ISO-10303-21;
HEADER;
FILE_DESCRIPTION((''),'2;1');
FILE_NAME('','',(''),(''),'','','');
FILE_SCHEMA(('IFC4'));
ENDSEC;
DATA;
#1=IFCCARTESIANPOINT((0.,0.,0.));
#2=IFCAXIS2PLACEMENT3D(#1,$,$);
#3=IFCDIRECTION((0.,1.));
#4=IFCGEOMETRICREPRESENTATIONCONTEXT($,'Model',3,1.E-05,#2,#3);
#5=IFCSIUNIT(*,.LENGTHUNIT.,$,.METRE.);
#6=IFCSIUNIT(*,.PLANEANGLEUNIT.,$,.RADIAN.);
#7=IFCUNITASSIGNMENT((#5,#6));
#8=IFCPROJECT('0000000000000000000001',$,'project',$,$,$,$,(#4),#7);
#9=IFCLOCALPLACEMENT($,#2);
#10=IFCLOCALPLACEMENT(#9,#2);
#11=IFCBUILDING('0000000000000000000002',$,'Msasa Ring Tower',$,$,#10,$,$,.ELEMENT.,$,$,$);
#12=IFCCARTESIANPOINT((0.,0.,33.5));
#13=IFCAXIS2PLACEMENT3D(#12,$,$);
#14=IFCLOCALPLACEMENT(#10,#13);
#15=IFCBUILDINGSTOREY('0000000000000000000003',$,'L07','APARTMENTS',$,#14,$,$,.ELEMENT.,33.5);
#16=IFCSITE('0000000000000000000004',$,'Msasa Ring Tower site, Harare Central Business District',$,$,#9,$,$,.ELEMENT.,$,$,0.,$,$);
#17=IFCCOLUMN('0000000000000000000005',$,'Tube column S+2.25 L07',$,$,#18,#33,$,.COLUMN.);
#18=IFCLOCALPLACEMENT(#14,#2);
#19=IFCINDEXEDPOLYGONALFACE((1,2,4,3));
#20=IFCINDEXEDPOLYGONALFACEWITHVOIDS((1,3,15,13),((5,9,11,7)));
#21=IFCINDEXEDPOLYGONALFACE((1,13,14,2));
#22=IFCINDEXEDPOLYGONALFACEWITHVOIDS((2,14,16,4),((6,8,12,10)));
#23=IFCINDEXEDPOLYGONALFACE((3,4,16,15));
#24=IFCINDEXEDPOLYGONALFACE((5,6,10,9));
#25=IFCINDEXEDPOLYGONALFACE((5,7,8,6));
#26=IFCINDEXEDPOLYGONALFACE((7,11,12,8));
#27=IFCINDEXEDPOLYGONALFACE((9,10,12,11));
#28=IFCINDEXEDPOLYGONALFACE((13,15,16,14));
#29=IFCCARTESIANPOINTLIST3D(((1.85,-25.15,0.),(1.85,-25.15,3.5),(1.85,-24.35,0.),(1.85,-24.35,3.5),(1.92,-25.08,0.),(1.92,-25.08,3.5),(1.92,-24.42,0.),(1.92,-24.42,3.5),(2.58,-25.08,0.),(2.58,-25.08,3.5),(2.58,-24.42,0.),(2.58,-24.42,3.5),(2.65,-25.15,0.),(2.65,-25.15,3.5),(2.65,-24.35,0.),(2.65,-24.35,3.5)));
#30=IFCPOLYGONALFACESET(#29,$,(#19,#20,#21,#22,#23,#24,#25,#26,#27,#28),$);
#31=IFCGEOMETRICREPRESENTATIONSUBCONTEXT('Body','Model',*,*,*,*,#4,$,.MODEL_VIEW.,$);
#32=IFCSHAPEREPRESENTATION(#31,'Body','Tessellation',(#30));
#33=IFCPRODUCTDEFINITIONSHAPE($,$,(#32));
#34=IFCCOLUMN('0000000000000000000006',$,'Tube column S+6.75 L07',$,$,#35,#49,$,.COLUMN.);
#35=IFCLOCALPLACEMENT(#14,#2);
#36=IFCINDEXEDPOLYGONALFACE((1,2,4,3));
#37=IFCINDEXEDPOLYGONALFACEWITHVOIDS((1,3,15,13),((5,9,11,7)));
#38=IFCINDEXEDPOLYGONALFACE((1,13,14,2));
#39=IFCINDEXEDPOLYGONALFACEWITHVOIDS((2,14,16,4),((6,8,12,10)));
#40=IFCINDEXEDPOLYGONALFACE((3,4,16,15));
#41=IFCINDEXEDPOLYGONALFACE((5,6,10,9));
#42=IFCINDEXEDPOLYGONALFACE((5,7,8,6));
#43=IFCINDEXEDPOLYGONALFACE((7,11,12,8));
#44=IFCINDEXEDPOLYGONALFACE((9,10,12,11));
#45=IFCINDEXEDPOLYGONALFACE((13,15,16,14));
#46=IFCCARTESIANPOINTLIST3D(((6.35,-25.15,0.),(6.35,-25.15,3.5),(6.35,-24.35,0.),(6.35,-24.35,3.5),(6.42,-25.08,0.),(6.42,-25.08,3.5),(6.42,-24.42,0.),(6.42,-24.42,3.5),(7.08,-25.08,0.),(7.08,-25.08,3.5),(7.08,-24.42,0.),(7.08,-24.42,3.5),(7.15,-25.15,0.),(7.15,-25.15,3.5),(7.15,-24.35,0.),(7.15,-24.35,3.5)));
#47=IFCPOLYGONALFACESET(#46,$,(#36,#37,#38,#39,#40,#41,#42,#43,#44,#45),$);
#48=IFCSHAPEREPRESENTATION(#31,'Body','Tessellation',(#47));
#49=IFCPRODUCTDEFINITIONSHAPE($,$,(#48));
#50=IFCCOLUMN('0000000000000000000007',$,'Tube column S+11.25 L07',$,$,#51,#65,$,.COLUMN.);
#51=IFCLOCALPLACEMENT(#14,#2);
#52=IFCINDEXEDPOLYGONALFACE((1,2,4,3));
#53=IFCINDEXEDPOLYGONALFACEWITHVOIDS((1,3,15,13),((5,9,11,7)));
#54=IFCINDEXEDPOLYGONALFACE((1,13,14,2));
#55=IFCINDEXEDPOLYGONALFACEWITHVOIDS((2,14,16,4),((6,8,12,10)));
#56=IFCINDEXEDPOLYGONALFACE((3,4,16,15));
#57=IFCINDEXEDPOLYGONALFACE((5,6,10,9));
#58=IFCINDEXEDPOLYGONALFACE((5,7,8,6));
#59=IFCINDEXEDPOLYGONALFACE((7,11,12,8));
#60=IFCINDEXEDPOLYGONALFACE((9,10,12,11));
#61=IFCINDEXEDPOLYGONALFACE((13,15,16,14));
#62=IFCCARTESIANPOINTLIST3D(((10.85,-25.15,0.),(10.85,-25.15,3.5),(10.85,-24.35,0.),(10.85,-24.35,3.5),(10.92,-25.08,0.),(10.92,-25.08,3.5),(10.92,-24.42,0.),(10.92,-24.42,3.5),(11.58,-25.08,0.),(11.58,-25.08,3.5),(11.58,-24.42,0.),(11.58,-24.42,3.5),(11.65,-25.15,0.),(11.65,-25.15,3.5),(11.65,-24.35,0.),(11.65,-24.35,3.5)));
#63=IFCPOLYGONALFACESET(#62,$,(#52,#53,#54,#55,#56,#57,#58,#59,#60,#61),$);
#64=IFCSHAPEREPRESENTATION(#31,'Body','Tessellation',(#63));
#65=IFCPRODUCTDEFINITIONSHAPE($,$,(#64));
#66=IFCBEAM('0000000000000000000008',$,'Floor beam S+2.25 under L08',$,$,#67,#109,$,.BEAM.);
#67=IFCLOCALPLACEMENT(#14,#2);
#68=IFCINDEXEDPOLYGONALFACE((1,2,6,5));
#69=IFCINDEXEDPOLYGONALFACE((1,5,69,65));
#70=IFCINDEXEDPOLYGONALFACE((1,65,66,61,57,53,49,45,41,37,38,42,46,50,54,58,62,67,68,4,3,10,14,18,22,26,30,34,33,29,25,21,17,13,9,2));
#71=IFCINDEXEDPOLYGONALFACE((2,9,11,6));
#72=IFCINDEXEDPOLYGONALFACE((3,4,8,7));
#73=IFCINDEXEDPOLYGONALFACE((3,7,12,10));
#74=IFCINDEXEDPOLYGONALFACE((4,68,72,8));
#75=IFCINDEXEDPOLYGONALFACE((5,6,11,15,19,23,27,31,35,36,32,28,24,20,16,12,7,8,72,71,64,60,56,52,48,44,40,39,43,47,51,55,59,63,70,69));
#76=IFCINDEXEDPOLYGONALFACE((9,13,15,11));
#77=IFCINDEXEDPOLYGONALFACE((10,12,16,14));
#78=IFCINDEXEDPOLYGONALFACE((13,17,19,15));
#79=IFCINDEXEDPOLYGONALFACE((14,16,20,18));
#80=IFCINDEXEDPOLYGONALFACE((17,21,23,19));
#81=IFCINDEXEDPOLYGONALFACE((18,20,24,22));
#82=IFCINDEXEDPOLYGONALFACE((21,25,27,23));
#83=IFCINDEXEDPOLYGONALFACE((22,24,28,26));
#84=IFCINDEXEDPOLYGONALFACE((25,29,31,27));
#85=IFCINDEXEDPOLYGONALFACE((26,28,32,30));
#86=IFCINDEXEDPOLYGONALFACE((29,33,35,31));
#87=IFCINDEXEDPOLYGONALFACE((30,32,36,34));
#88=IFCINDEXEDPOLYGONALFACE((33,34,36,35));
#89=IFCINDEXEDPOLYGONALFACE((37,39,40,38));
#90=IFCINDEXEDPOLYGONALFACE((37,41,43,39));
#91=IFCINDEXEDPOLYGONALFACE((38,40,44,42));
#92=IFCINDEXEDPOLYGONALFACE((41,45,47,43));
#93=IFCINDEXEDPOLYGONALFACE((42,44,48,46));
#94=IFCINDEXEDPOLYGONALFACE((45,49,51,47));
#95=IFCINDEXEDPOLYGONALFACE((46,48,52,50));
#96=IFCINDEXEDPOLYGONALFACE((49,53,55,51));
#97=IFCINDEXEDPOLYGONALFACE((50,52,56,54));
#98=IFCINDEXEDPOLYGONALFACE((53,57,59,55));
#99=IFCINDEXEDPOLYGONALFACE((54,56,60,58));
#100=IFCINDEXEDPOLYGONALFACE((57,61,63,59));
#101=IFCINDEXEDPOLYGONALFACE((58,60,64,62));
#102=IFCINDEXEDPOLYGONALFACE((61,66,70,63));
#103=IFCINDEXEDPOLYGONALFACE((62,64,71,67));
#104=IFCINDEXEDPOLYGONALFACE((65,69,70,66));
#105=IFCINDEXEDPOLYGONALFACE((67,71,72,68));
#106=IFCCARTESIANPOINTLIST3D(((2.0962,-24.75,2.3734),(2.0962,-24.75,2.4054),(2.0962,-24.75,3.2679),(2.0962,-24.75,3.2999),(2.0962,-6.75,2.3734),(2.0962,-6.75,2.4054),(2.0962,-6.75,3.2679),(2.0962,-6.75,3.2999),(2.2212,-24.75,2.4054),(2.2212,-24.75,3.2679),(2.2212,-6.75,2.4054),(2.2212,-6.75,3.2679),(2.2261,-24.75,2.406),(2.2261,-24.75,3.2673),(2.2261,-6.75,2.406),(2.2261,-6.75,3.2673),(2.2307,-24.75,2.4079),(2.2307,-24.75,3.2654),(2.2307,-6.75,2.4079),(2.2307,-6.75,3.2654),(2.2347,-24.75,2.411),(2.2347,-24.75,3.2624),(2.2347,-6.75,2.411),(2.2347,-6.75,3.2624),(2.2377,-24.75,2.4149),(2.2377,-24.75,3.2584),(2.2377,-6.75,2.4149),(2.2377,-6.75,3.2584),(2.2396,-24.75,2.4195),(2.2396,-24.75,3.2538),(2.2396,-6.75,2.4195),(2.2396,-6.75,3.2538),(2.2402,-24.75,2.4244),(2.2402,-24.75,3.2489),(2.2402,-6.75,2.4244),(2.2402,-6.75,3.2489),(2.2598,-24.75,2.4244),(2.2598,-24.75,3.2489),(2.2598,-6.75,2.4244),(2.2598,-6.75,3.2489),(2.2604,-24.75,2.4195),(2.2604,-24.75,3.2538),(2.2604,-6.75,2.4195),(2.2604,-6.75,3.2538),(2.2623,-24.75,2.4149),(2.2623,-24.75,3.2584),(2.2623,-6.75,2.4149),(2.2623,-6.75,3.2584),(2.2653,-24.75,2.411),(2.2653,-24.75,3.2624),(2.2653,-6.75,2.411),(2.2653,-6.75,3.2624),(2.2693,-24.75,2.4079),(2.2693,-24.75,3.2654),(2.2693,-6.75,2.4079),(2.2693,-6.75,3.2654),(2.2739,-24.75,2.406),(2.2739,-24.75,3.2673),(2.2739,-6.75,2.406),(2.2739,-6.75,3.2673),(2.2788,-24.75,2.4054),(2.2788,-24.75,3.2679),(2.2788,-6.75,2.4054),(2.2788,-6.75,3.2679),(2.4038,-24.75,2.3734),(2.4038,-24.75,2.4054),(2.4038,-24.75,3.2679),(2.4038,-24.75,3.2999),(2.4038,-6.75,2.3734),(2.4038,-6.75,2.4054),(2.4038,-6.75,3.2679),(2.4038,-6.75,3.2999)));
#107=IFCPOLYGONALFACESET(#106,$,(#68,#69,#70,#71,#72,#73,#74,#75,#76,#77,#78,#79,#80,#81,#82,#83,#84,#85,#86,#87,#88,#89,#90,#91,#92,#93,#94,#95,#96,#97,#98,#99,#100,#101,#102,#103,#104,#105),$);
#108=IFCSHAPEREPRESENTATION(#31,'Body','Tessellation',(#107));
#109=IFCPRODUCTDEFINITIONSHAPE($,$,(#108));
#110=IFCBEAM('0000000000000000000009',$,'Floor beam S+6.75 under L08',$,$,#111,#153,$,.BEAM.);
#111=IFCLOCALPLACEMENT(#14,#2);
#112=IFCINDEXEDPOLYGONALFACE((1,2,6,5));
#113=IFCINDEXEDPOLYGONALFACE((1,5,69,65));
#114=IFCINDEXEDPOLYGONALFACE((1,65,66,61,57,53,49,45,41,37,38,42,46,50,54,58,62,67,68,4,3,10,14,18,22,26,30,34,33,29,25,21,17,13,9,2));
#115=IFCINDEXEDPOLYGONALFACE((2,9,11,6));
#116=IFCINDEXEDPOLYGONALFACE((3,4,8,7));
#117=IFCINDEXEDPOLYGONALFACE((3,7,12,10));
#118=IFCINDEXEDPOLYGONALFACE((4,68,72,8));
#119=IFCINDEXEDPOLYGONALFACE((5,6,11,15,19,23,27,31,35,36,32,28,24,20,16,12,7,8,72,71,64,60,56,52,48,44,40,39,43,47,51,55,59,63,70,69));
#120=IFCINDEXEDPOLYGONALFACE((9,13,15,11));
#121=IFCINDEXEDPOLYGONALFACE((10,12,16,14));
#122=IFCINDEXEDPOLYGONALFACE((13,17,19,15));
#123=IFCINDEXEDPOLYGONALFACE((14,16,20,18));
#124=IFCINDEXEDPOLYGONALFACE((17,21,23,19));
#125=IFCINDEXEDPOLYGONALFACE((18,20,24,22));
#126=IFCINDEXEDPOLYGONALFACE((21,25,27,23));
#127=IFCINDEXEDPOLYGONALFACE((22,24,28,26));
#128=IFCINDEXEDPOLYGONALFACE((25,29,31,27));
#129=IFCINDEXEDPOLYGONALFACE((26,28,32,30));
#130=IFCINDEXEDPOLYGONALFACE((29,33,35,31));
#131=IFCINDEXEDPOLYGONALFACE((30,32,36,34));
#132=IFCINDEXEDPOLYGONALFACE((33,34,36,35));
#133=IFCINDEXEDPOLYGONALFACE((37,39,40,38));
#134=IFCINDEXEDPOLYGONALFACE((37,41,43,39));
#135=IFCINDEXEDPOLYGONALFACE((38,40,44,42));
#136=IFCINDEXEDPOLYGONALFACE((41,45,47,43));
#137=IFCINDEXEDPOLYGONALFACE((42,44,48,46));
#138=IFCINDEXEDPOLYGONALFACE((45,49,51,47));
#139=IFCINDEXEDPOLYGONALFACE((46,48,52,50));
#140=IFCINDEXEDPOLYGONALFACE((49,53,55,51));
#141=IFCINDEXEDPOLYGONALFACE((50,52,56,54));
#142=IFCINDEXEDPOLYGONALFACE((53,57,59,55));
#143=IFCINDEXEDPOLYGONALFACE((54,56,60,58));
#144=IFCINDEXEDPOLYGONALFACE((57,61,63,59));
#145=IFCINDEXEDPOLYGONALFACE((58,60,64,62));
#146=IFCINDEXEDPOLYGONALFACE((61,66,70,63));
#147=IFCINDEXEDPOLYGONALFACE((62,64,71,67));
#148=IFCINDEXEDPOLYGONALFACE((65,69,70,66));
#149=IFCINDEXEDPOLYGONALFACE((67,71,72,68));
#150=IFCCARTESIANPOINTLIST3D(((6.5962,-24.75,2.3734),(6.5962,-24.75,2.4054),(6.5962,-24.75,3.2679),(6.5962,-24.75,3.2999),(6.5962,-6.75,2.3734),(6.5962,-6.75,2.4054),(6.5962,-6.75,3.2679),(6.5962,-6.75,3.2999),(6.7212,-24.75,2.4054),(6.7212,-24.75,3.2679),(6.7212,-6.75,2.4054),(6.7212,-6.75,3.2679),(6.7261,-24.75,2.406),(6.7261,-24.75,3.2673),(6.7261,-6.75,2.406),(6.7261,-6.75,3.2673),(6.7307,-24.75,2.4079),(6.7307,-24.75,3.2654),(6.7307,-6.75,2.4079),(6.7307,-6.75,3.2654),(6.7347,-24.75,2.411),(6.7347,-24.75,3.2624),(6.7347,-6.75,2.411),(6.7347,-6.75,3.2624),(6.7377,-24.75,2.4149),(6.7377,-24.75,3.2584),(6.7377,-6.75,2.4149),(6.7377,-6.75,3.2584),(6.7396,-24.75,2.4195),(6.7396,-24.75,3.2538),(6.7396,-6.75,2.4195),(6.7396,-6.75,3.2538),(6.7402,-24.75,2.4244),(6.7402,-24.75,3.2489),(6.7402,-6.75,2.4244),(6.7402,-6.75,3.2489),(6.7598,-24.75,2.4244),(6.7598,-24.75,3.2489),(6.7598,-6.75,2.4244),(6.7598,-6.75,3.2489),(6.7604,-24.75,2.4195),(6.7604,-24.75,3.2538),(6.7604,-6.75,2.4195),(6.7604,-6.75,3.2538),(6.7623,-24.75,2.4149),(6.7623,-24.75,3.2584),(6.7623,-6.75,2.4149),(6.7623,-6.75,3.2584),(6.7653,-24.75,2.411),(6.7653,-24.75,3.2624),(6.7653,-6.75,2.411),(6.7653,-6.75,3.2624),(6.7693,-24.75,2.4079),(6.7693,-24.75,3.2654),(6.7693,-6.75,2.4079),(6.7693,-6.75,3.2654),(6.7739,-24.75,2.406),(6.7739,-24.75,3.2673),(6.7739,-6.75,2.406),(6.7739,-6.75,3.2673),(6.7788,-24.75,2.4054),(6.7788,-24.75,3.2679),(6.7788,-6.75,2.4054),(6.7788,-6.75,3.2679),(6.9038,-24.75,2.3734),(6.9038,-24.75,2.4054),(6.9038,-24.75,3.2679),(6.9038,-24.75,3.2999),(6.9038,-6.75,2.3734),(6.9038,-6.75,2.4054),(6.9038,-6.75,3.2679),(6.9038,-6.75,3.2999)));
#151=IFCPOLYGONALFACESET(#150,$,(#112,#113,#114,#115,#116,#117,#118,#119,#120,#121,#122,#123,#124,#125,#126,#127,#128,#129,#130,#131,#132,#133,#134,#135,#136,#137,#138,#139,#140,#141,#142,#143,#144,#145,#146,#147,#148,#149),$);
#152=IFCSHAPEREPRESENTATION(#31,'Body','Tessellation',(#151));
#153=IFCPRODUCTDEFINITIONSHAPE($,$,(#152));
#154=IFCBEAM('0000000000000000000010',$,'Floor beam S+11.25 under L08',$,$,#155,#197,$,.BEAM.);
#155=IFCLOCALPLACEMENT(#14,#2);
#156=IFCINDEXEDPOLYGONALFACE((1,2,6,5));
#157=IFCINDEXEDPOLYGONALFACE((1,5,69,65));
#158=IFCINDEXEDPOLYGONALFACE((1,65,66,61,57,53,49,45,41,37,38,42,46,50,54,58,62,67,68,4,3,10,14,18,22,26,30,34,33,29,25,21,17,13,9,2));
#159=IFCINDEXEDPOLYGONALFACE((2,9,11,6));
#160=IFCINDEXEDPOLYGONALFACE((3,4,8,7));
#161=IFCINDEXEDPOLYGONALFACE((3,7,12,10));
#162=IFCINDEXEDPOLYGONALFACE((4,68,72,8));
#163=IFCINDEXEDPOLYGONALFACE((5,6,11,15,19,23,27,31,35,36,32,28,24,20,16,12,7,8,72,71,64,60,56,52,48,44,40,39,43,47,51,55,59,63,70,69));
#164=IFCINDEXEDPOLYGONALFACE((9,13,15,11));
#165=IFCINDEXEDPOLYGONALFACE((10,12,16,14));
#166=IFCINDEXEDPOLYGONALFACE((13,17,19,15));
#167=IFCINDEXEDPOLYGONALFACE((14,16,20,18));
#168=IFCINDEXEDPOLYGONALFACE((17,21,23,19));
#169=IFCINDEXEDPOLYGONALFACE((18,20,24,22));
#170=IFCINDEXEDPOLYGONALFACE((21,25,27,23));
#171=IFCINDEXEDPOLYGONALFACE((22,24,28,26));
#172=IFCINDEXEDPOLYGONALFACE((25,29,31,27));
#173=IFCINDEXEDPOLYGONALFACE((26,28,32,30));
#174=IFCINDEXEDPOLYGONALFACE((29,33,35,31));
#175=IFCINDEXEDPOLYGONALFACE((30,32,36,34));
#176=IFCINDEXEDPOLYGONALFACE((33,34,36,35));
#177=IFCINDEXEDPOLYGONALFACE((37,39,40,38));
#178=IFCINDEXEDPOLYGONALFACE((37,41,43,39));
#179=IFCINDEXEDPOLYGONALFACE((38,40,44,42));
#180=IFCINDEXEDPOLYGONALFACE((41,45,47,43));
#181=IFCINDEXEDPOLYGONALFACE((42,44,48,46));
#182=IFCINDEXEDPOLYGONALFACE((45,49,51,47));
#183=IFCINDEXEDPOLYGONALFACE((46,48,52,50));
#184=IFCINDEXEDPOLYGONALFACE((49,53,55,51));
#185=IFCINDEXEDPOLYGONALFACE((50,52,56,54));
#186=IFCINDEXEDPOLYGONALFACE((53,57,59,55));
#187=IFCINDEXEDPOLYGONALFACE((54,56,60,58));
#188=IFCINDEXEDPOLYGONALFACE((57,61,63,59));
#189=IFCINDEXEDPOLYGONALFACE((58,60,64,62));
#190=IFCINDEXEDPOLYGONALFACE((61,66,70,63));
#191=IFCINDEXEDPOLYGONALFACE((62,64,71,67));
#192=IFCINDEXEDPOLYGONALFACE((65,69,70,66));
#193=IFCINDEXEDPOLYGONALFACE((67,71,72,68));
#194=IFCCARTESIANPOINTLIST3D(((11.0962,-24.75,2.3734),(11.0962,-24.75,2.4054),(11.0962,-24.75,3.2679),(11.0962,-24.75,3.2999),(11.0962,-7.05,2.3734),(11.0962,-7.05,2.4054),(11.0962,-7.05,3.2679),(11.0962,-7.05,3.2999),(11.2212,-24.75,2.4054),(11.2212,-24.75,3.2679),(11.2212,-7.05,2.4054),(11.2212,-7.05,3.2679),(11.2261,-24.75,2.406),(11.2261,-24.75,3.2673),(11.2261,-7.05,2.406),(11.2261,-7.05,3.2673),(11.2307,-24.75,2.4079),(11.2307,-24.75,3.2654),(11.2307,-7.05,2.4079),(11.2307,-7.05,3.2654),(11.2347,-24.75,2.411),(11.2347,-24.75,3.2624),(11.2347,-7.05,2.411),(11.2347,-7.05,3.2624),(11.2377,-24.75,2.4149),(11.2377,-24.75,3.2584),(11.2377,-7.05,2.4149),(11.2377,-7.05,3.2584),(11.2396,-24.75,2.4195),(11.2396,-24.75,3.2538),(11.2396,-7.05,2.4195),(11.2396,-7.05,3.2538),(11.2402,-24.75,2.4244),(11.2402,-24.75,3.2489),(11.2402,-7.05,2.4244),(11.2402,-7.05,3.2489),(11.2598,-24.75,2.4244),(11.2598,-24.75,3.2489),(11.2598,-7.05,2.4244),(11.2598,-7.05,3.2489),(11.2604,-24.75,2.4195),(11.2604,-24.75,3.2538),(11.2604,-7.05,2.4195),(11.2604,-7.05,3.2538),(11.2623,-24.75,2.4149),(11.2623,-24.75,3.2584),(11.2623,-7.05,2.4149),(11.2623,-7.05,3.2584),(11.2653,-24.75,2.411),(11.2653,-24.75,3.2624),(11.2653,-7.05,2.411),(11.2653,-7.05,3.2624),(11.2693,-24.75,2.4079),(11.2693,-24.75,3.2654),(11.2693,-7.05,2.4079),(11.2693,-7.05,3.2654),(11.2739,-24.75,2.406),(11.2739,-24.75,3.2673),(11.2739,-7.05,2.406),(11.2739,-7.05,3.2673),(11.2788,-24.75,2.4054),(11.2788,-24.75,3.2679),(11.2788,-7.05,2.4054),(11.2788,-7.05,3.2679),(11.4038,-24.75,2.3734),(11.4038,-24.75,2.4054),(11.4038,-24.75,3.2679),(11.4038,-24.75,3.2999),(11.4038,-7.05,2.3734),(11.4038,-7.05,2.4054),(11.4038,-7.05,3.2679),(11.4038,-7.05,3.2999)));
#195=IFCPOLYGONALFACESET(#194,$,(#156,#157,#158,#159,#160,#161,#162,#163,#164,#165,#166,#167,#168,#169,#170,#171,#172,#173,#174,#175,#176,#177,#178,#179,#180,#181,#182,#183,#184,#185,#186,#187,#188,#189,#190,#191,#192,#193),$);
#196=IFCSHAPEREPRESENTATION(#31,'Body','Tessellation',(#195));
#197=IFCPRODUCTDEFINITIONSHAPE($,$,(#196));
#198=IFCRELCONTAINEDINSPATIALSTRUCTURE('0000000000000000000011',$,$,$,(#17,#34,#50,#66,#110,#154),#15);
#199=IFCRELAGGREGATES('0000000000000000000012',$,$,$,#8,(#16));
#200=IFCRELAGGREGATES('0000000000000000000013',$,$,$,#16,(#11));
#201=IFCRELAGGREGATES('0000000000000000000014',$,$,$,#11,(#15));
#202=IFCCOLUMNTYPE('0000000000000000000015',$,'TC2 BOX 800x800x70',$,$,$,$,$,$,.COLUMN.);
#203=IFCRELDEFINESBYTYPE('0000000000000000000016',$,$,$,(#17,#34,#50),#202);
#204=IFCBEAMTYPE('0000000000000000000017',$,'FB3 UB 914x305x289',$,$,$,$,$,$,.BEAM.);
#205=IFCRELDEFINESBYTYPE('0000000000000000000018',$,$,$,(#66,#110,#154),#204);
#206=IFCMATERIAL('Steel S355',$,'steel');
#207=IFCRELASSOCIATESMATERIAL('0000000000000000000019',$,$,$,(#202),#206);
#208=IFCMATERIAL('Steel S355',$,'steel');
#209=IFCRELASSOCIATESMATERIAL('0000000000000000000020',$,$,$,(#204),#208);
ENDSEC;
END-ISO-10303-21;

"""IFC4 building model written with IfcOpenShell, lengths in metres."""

from ifc_helpers import new_model, si_unit, direction, frame, origin, origin_2d, place, context, subcontext, project, spatial, hollow_rectangle, i_section, extrude, material, material_profile, profile_set, type_object, element, save


model = new_model("IFC4")

# Units and contexts
model_context = context("Model", 3, precision=1e-05, world=origin(), true_north=direction((0.0, 1.0)))
body_context = subcontext(model_context, "Body", "Model", "MODEL_VIEW")
ifc_project = project(units=[si_unit("LENGTHUNIT", "METRE"), si_unit("PLANEANGLEUNIT", "RADIAN")], contexts=[model_context])

# Site, building, storey
site_placement = place(None, origin())
site = spatial("IfcSite", under=ifc_project, at=site_placement, Name="Msasa Ring Tower site, Harare Central Business District", CompositionType="ELEMENT", RefElevation=0.0)
building_placement = place(site_placement, origin())
building = spatial("IfcBuilding", under=site, at=building_placement, Name="Msasa Ring Tower", CompositionType="ELEMENT")
storey_placement = place(building_placement, frame((0.0, 0.0, 33.5)))
storey = spatial("IfcBuildingStorey", under=building, at=storey_placement, Name="L07", Description="APARTMENTS", CompositionType="ELEMENT", Elevation=33.5)

# Columns
ifc_material_1 = material(Name="Steel S355", Category="steel")
ifc_material_profile_1 = material_profile(ifc_material_1, hollow_rectangle(XDim=0.8, YDim=0.8, WallThickness=0.0701, at=origin_2d()), Name="BOX 800x800x70")
ifc_profile_set_1 = profile_set([ifc_material_profile_1], Name="Steel S355")
column_type = type_object("IfcColumnType", Name="TC2 BOX 800x800x70", PredefinedType="COLUMN", material=ifc_profile_set_1)
for number, where, z_axis, x_axis, name in (
    (1, (2.25, -24.75, 0.0), (0.0, 0.0, 1.0), (0.0, 1.0, 0.0), "Tube column S+2.25 L07"),
    (2, (6.75, -24.75, 0.0), (0.0, 0.0, 1.0), (0.0, 1.0, 0.0), "Tube column S+6.75 L07"),
    (3, (11.25, -24.75, 0.0), (0.0, 0.0, 1.0), (0.0, 1.0, 0.0), "Tube column S+11.25 L07"),
):
    element("IfcColumn", number, at=place(storey_placement, frame(where, z_axis=z_axis, x_axis=x_axis)), inside=storey, type_object=column_type, Name=name, PredefinedType="COLUMN", context=body_context, shape_type="SweptSolid", body=[
        extrude(hollow_rectangle(XDim=0.8, YDim=0.8, WallThickness=0.0701, at=origin_2d()), origin(), (0.0, 0.0, 1.0), 3.5),
    ])

# Beams
ifc_material_2 = material(Name="Steel S355", Category="steel")
ifc_material_profile_2 = material_profile(ifc_material_2, i_section(OverallWidth=0.3076, OverallDepth=0.9265, WebThickness=0.0195, FlangeThickness=0.032, FilletRadius=0.019, at=origin_2d()), Name="UB 914x305x289")
ifc_profile_set_2 = profile_set([ifc_material_profile_2], Name="Steel S355")
beam_type_1 = type_object("IfcBeamType", Name="FB3 UB 914x305x289", PredefinedType="BEAM", material=ifc_profile_set_2)
for number, where, z_axis, x_axis, name in (
    (4, (2.25, -24.75, 2.8367), (0.0, 1.0, 0.0), (-1.0, 0.0, 0.0), "Floor beam S+2.25 under L08"),
    (5, (6.75, -24.75, 2.8367), (0.0, 1.0, 0.0), (-1.0, 0.0, 0.0), "Floor beam S+6.75 under L08"),
):
    element("IfcBeam", number, at=place(storey_placement, frame(where, z_axis=z_axis, x_axis=x_axis)), inside=storey, type_object=beam_type_1, Name=name, PredefinedType="BEAM", context=body_context, shape_type="SweptSolid", body=[
        extrude(i_section(OverallWidth=0.3076, OverallDepth=0.9265, WebThickness=0.0195, FlangeThickness=0.032, FilletRadius=0.019, at=origin_2d()), origin(), (0.0, 0.0, 1.0), 18.0),
    ])
beam_placement = place(storey_placement, frame((11.25, -24.75, 2.8367), z_axis=(0.0, 1.0, 0.0), x_axis=(-1.0, 0.0, 0.0)))
element("IfcBeam", 6, at=beam_placement, inside=storey, type_object=beam_type_1, Name="Floor beam S+11.25 under L08", PredefinedType="BEAM", context=body_context, shape_type="SweptSolid", body=[
    extrude(i_section(OverallWidth=0.3076, OverallDepth=0.9265, WebThickness=0.0195, FlangeThickness=0.032, FilletRadius=0.019, at=origin_2d()), origin(), (0.0, 0.0, 1.0), 17.7),
])

save(model, "model.ifc")
